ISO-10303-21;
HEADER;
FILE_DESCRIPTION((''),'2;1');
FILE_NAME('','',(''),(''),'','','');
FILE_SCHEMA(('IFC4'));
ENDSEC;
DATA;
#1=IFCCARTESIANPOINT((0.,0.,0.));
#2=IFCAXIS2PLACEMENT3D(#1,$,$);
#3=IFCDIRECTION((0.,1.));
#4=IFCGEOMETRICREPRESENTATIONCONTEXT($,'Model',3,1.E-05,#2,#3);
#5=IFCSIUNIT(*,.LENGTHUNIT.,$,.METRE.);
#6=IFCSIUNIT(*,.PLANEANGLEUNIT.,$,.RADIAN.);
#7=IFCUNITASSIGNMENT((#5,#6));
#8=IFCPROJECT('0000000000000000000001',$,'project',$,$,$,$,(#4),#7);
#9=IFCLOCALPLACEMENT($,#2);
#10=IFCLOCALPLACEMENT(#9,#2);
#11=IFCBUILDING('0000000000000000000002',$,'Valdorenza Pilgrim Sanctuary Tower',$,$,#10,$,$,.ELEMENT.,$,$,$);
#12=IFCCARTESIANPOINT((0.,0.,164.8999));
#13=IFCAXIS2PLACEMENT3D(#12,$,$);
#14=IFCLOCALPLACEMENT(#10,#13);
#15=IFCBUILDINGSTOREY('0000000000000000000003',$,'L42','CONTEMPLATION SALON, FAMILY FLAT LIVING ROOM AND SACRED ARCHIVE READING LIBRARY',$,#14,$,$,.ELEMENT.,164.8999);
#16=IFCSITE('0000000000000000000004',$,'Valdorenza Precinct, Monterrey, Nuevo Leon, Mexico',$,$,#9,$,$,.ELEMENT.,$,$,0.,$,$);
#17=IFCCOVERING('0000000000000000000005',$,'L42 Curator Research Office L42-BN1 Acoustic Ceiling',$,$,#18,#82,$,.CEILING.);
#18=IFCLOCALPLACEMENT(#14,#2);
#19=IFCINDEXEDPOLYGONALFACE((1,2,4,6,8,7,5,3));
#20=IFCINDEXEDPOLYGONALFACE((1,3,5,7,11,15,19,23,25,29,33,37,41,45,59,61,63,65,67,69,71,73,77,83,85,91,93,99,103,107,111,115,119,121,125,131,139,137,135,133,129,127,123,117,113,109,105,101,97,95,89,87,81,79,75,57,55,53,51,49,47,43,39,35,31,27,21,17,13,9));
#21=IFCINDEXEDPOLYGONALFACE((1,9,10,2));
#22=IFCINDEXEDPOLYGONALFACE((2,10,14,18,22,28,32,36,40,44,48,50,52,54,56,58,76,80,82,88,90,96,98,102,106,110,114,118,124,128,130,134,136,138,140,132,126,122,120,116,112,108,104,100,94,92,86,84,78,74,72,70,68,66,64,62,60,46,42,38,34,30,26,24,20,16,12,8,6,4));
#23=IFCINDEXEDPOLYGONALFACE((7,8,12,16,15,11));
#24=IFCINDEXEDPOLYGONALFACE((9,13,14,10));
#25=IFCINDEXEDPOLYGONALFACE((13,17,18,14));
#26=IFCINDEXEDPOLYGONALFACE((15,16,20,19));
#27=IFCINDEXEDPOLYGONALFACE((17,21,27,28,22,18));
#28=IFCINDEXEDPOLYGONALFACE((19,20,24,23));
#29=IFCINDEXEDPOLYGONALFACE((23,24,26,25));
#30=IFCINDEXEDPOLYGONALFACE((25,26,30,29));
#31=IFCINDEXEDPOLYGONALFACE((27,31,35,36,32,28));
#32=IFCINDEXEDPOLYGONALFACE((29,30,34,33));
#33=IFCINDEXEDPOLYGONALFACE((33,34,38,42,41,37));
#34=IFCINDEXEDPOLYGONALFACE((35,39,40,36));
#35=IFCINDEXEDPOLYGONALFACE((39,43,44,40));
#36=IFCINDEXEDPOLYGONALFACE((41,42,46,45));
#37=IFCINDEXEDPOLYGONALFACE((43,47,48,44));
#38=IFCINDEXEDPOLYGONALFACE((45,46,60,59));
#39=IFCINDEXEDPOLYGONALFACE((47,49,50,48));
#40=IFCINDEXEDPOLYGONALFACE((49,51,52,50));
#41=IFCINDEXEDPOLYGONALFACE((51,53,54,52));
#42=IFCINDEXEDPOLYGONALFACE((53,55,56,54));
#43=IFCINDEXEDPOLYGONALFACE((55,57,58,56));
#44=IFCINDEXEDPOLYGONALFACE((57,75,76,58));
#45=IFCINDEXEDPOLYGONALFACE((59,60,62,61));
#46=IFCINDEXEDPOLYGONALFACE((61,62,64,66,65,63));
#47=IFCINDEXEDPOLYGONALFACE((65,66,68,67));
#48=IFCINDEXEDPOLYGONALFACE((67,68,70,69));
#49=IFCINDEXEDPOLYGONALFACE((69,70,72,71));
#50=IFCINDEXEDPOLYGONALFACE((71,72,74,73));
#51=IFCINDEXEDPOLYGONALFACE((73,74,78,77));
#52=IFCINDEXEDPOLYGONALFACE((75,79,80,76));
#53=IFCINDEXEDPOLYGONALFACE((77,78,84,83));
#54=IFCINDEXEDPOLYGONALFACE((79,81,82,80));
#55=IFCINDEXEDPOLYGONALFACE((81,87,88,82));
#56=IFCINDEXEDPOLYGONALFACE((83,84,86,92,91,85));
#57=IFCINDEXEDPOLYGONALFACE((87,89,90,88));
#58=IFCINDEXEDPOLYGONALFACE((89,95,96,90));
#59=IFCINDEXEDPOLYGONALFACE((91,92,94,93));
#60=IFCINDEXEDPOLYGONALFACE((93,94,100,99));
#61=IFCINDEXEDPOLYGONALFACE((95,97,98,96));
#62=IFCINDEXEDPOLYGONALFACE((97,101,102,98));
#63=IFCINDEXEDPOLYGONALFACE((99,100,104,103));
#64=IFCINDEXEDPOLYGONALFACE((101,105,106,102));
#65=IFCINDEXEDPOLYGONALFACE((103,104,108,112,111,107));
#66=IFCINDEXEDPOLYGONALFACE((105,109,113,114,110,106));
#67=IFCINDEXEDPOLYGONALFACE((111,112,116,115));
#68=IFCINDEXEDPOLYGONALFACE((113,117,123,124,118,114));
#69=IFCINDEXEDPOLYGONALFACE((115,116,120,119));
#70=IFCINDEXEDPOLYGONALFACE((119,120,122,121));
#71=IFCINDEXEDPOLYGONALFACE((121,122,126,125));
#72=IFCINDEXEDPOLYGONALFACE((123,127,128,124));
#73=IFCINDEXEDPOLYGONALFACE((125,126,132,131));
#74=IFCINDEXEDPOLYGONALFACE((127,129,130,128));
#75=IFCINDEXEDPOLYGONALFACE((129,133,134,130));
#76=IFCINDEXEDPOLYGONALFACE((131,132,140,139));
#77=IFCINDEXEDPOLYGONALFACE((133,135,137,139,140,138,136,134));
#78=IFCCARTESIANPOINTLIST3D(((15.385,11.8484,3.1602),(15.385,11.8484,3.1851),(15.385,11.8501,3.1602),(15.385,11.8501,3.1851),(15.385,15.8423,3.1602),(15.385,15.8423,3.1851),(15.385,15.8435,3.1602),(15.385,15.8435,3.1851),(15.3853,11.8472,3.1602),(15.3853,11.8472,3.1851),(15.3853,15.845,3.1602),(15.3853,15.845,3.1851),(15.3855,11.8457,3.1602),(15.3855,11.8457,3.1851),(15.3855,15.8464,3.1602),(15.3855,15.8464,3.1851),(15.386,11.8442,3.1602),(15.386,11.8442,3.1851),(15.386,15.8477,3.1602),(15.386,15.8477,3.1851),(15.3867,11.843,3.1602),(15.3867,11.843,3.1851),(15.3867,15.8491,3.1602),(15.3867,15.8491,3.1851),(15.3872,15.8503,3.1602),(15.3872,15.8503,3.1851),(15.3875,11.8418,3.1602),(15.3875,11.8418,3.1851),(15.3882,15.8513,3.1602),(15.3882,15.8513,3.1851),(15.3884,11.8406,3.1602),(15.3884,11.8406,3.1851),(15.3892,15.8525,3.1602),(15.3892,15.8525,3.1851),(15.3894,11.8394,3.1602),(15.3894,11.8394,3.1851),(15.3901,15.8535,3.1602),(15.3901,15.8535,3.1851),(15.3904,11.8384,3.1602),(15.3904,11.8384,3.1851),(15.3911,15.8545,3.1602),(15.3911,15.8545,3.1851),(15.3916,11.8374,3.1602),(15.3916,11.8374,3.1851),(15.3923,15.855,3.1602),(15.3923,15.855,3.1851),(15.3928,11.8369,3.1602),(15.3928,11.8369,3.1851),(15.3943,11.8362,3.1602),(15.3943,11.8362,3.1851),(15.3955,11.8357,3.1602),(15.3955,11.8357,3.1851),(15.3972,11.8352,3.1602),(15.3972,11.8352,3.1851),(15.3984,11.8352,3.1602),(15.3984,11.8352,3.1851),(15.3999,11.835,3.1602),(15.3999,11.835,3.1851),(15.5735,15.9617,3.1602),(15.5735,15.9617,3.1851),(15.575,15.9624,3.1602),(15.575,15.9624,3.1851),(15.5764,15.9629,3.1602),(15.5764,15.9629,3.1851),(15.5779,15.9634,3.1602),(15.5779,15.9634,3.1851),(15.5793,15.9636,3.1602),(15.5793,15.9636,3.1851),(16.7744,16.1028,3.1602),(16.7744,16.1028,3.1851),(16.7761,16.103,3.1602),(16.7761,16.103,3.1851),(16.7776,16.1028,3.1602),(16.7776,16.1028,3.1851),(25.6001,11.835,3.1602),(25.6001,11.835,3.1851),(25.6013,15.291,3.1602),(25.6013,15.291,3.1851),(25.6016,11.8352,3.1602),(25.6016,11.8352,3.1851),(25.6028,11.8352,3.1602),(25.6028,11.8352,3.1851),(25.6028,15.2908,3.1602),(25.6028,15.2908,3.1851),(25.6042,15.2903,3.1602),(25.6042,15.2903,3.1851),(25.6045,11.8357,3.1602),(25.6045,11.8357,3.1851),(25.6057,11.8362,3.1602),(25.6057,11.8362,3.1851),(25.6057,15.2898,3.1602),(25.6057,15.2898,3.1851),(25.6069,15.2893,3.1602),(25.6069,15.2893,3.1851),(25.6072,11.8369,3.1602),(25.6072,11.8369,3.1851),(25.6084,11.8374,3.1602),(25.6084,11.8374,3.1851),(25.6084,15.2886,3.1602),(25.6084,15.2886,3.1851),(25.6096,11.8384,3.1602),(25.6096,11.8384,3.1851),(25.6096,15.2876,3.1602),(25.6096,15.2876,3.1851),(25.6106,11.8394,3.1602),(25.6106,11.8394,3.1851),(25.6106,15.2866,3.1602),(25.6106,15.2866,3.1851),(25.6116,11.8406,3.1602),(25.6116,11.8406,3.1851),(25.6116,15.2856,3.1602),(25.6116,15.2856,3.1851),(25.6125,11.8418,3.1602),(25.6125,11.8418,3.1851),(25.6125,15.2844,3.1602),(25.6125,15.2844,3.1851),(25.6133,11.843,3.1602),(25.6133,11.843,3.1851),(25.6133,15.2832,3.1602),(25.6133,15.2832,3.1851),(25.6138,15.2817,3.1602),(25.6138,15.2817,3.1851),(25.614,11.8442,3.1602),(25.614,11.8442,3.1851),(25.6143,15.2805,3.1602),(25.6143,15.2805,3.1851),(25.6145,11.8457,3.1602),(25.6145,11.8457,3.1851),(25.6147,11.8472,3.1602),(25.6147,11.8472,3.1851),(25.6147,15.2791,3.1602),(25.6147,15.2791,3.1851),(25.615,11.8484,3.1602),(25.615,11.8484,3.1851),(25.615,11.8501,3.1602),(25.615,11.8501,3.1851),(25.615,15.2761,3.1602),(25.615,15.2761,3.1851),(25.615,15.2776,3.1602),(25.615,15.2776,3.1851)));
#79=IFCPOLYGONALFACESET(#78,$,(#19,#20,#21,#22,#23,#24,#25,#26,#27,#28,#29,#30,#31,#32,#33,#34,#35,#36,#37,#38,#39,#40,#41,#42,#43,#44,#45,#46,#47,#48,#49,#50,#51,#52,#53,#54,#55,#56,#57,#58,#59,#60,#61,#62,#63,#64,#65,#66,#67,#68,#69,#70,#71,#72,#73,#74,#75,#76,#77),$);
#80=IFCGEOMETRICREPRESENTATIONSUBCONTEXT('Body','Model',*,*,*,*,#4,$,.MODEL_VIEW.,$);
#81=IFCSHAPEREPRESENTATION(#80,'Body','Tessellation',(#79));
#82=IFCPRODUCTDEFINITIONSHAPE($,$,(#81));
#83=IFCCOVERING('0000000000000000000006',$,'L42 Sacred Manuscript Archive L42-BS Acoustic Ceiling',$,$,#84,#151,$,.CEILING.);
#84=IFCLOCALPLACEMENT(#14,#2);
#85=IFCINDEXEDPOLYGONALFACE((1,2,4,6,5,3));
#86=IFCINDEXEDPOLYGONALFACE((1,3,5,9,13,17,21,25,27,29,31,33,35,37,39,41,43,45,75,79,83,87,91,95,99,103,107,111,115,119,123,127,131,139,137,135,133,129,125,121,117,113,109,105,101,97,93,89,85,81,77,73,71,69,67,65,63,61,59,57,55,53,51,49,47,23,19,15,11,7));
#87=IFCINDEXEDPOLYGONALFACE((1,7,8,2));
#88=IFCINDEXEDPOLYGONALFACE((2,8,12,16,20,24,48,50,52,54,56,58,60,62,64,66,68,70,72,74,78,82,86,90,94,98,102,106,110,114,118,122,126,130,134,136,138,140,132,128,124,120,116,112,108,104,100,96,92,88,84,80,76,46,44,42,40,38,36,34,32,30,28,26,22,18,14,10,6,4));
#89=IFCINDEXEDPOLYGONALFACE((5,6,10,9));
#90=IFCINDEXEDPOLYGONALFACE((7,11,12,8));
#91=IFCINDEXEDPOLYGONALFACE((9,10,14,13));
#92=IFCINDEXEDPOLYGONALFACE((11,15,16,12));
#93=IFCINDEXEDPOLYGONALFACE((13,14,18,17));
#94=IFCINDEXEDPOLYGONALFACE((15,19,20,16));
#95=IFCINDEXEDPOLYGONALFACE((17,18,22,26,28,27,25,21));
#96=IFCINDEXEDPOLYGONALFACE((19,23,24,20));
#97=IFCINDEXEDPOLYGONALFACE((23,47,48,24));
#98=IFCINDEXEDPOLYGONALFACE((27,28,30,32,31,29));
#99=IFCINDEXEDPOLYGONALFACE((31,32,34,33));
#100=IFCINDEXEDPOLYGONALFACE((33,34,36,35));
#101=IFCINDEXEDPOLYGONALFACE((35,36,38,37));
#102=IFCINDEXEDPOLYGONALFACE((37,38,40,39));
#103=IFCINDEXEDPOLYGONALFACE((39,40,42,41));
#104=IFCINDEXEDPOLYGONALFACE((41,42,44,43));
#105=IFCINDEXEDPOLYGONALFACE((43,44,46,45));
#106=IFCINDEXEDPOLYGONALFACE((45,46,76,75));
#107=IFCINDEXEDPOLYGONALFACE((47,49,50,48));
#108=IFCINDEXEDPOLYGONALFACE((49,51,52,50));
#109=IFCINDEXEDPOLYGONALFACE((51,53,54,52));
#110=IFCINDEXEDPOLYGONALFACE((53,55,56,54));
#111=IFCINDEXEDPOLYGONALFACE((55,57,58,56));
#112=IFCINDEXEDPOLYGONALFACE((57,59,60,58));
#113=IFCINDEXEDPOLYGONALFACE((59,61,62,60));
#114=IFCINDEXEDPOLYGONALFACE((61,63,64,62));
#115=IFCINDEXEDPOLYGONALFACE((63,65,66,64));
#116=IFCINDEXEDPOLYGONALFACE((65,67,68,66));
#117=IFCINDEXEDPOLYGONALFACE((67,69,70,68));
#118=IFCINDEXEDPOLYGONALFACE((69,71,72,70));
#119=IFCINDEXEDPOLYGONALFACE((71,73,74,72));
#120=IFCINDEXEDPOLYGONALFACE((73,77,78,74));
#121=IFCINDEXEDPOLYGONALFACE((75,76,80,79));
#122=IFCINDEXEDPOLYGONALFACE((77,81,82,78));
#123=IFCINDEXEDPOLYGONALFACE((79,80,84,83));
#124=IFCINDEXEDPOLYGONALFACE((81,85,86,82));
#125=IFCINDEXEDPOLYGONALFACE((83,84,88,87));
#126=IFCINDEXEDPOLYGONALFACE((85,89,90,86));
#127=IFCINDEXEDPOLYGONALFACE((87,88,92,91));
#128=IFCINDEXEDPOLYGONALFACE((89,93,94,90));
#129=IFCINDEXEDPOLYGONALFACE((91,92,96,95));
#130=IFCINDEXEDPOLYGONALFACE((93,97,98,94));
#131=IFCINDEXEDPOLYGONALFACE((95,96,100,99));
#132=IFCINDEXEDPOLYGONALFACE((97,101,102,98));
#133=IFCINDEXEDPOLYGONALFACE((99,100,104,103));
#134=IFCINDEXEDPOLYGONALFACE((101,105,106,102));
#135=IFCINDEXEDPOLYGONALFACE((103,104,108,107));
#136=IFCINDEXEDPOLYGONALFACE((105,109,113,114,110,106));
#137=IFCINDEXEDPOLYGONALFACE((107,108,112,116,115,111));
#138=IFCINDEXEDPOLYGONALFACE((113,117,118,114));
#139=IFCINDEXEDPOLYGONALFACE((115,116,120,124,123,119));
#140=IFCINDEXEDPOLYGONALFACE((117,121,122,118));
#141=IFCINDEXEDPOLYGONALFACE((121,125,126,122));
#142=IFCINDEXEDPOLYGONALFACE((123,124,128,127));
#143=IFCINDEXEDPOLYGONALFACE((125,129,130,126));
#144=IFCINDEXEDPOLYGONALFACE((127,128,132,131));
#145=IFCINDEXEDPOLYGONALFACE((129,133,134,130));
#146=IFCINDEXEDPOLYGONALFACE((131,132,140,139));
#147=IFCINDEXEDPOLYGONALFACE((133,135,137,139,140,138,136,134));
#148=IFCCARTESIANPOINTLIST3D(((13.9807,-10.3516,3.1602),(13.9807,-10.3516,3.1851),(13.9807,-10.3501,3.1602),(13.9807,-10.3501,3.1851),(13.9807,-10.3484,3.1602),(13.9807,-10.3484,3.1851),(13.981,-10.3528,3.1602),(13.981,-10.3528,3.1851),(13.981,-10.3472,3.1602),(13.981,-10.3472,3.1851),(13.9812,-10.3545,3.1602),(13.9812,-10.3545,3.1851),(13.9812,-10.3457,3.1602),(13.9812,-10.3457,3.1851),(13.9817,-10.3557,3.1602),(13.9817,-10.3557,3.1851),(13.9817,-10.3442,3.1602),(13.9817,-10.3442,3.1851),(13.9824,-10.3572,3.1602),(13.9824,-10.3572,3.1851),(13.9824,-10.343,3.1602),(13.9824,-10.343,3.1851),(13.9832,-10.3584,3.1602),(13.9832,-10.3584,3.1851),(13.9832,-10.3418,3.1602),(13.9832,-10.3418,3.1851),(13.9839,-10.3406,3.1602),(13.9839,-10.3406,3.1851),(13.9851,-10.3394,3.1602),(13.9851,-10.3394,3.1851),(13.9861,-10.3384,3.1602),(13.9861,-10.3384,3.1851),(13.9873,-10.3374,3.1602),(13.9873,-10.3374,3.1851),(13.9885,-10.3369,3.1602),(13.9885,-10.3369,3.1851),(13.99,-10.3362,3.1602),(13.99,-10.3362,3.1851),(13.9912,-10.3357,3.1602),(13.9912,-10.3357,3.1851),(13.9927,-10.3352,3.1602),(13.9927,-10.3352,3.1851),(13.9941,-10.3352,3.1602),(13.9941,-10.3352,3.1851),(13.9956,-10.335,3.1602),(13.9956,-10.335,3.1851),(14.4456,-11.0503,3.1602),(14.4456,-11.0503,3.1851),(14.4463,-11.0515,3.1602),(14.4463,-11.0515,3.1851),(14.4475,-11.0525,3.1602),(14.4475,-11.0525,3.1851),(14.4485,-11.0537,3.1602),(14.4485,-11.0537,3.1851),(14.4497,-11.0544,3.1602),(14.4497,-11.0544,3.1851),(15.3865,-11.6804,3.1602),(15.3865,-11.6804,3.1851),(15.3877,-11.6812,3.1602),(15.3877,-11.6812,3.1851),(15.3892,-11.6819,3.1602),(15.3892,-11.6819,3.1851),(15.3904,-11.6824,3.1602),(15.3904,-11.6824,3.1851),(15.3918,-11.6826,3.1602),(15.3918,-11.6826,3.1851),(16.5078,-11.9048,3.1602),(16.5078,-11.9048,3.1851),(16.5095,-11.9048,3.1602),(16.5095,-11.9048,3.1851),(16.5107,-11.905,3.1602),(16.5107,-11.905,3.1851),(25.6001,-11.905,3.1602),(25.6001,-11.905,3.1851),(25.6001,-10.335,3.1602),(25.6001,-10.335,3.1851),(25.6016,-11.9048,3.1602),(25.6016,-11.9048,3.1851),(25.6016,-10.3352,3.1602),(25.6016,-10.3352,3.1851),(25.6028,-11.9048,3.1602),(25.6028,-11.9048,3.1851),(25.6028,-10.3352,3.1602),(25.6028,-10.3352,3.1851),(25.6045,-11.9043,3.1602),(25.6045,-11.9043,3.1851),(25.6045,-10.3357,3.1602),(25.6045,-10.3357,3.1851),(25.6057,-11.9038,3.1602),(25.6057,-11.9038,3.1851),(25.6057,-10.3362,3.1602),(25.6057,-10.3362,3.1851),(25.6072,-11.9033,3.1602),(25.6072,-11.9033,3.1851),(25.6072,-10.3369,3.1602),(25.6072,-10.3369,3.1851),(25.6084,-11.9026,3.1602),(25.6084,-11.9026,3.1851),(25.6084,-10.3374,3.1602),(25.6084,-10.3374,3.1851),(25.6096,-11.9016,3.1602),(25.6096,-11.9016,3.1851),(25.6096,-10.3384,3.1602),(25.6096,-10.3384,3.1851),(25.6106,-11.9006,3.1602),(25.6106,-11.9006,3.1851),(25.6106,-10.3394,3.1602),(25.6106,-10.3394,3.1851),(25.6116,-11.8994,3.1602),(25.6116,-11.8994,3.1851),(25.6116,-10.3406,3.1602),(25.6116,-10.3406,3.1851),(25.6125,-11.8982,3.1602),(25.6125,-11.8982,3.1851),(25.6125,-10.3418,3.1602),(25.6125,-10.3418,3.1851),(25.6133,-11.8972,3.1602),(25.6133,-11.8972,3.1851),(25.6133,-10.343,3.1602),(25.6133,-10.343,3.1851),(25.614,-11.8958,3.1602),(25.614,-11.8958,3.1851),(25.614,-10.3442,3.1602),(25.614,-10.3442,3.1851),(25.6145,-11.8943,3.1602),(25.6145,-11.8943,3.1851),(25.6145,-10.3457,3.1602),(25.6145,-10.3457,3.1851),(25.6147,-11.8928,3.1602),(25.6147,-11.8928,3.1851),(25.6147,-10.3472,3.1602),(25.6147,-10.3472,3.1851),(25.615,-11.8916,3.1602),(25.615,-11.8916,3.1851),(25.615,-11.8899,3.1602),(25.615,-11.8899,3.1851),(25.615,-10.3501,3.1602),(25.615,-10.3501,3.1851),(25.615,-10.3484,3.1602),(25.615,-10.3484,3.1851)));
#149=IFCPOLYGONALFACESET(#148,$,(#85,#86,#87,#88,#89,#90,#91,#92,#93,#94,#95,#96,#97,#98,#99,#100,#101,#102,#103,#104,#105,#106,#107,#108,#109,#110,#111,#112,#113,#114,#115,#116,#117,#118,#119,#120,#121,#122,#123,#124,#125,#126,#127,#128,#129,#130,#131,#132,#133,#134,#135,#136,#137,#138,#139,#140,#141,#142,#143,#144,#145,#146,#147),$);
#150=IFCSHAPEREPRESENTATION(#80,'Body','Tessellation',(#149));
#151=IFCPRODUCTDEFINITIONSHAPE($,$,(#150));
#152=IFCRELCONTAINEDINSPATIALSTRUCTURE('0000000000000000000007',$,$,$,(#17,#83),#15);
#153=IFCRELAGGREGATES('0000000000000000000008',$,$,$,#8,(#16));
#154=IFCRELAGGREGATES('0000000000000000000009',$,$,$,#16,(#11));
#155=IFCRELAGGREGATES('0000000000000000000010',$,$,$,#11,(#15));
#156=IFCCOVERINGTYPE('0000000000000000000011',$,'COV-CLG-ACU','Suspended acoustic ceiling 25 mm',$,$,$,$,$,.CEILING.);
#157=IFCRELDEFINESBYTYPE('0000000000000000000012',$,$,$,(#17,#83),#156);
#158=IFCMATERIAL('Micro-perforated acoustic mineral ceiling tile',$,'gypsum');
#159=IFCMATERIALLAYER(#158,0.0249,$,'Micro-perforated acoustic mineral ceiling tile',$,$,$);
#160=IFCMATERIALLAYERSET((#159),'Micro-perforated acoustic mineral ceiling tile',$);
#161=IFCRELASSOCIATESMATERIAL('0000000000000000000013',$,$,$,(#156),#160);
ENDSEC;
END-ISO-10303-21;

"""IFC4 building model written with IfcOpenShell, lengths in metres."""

from ifc_helpers import new_model, si_unit, direction, frame, origin, place, context, subcontext, project, spatial, polyline, outline, extrude, material, layer, layer_set, type_object, element, save


model = new_model("IFC4")

# Units and contexts
model_context = context("Model", 3, precision=1e-05, world=origin(), true_north=direction((0.0, 1.0)))
body_context = subcontext(model_context, "Body", "Model", "MODEL_VIEW")
ifc_project = project(units=[si_unit("LENGTHUNIT", "METRE"), si_unit("PLANEANGLEUNIT", "RADIAN")], contexts=[model_context])

# Site, building, storey
site_placement = place(None, origin())
site = spatial("IfcSite", under=ifc_project, at=site_placement, Name="Valdorenza Precinct, Monterrey, Nuevo Leon, Mexico", CompositionType="ELEMENT", RefElevation=0.0)
building_placement = place(site_placement, origin())
building = spatial("IfcBuilding", under=site, at=building_placement, Name="Valdorenza Pilgrim Sanctuary Tower", CompositionType="ELEMENT")
storey_placement = place(building_placement, frame((0.0, 0.0, 164.8999)))
storey = spatial("IfcBuildingStorey", under=building, at=storey_placement, Name="L42", Description="CONTEMPLATION SALON, FAMILY FLAT LIVING ROOM AND SACRED ARCHIVE READING LIBRARY", CompositionType="ELEMENT", Elevation=164.8999)

# Coverings
ifc_material_1 = material(Name="Micro-perforated acoustic mineral ceiling tile", Category="gypsum")
ifc_layer_1 = layer(ifc_material_1, 0.0249, Name="Micro-perforated acoustic mineral ceiling tile")
ifc_layer_set_1 = layer_set([ifc_layer_1], Name="Micro-perforated acoustic mineral ceiling tile")
covering_type_1 = type_object("IfcCoveringType", Name="COV-CLG-ACU", Description="Suspended acoustic ceiling 25 mm", PredefinedType="CEILING", material=ifc_layer_set_1)
covering_1_placement = place(storey_placement, frame((0.0, 0.0, 3.1602)))
element("IfcCovering", 1, at=covering_1_placement, inside=storey, type_object=covering_type_1, Name="L42 Curator Research Office L42-BN1 Acoustic Ceiling", PredefinedType="CEILING", context=body_context, shape_type="SweptSolid", body=[
    extrude(outline(polyline([(15.3999, 11.835), (15.3984, 11.8352), (15.3972, 11.8352), (15.3955, 11.8357), (15.3943, 11.8362), (15.3928, 11.8369), (15.3916, 11.8374), (15.3904, 11.8384), (15.3894, 11.8394), (15.3884, 11.8406), (15.3875, 11.8418), (15.3867, 11.843), (15.386, 11.8442), (15.3855, 11.8457), (15.3853, 11.8472), (15.385, 11.8484), (15.385, 11.8501), (15.385, 15.8423), (15.385, 15.8435), (15.3853, 15.845), (15.3855, 15.8464), (15.386, 15.8477), (15.3867, 15.8491), (15.3872, 15.8503), (15.3882, 15.8513), (15.3892, 15.8525), (15.3901, 15.8535), (15.3911, 15.8545), (15.3923, 15.855), (15.5735, 15.9617), (15.575, 15.9624), (15.5764, 15.9629), (15.5779, 15.9634), (15.5793, 15.9636), (16.7744, 16.1028), (16.7761, 16.103), (16.7776, 16.1028), (25.6013, 15.291), (25.6028, 15.2908), (25.6042, 15.2903), (25.6057, 15.2898), (25.6069, 15.2893), (25.6084, 15.2886), (25.6096, 15.2876), (25.6106, 15.2866), (25.6116, 15.2856), (25.6125, 15.2844), (25.6133, 15.2832), (25.6138, 15.2817), (25.6143, 15.2805), (25.6147, 15.2791), (25.615, 15.2776), (25.615, 15.2761), (25.615, 11.8501), (25.615, 11.8484), (25.6147, 11.8472), (25.6145, 11.8457), (25.614, 11.8442), (25.6133, 11.843), (25.6125, 11.8418), (25.6116, 11.8406), (25.6106, 11.8394), (25.6096, 11.8384), (25.6084, 11.8374), (25.6072, 11.8369), (25.6057, 11.8362), (25.6045, 11.8357), (25.6028, 11.8352), (25.6016, 11.8352), (25.6001, 11.835), (15.3999, 11.835)])), origin(), (0.0, 0.0, 1.0), 0.0249),
])
covering_2_placement = place(storey_placement, frame((0.0, 0.0, 3.1602)))
element("IfcCovering", 2, at=covering_2_placement, inside=storey, type_object=covering_type_1, Name="L42 Sacred Manuscript Archive L42-BS Acoustic Ceiling", PredefinedType="CEILING", context=body_context, shape_type="SweptSolid", body=[
    extrude(outline(polyline([(25.615, -11.8899), (25.615, -11.8916), (25.6147, -11.8928), (25.6145, -11.8943), (25.614, -11.8958), (25.6133, -11.8972), (25.6125, -11.8982), (25.6116, -11.8994), (25.6106, -11.9006), (25.6096, -11.9016), (25.6084, -11.9026), (25.6072, -11.9033), (25.6057, -11.9038), (25.6045, -11.9043), (25.6028, -11.9048), (25.6016, -11.9048), (25.6001, -11.905), (16.5107, -11.905), (16.5095, -11.9048), (16.5078, -11.9048), (15.3918, -11.6826), (15.3904, -11.6824), (15.3892, -11.6819), (15.3877, -11.6812), (15.3865, -11.6804), (14.4497, -11.0544), (14.4485, -11.0537), (14.4475, -11.0525), (14.4463, -11.0515), (14.4456, -11.0503), (13.9832, -10.3584), (13.9824, -10.3572), (13.9817, -10.3557), (13.9812, -10.3545), (13.981, -10.3528), (13.9807, -10.3516), (13.9807, -10.3501), (13.9807, -10.3484), (13.981, -10.3472), (13.9812, -10.3457), (13.9817, -10.3442), (13.9824, -10.343), (13.9832, -10.3418), (13.9839, -10.3406), (13.9851, -10.3394), (13.9861, -10.3384), (13.9873, -10.3374), (13.9885, -10.3369), (13.99, -10.3362), (13.9912, -10.3357), (13.9927, -10.3352), (13.9941, -10.3352), (13.9956, -10.335), (25.6001, -10.335), (25.6016, -10.3352), (25.6028, -10.3352), (25.6045, -10.3357), (25.6057, -10.3362), (25.6072, -10.3369), (25.6084, -10.3374), (25.6096, -10.3384), (25.6106, -10.3394), (25.6116, -10.3406), (25.6125, -10.3418), (25.6133, -10.343), (25.614, -10.3442), (25.6145, -10.3457), (25.6147, -10.3472), (25.615, -10.3484), (25.615, -10.3501), (25.615, -11.8899)])), origin(), (0.0, 0.0, 1.0), 0.0249),
])

save(model, "model.ifc")
